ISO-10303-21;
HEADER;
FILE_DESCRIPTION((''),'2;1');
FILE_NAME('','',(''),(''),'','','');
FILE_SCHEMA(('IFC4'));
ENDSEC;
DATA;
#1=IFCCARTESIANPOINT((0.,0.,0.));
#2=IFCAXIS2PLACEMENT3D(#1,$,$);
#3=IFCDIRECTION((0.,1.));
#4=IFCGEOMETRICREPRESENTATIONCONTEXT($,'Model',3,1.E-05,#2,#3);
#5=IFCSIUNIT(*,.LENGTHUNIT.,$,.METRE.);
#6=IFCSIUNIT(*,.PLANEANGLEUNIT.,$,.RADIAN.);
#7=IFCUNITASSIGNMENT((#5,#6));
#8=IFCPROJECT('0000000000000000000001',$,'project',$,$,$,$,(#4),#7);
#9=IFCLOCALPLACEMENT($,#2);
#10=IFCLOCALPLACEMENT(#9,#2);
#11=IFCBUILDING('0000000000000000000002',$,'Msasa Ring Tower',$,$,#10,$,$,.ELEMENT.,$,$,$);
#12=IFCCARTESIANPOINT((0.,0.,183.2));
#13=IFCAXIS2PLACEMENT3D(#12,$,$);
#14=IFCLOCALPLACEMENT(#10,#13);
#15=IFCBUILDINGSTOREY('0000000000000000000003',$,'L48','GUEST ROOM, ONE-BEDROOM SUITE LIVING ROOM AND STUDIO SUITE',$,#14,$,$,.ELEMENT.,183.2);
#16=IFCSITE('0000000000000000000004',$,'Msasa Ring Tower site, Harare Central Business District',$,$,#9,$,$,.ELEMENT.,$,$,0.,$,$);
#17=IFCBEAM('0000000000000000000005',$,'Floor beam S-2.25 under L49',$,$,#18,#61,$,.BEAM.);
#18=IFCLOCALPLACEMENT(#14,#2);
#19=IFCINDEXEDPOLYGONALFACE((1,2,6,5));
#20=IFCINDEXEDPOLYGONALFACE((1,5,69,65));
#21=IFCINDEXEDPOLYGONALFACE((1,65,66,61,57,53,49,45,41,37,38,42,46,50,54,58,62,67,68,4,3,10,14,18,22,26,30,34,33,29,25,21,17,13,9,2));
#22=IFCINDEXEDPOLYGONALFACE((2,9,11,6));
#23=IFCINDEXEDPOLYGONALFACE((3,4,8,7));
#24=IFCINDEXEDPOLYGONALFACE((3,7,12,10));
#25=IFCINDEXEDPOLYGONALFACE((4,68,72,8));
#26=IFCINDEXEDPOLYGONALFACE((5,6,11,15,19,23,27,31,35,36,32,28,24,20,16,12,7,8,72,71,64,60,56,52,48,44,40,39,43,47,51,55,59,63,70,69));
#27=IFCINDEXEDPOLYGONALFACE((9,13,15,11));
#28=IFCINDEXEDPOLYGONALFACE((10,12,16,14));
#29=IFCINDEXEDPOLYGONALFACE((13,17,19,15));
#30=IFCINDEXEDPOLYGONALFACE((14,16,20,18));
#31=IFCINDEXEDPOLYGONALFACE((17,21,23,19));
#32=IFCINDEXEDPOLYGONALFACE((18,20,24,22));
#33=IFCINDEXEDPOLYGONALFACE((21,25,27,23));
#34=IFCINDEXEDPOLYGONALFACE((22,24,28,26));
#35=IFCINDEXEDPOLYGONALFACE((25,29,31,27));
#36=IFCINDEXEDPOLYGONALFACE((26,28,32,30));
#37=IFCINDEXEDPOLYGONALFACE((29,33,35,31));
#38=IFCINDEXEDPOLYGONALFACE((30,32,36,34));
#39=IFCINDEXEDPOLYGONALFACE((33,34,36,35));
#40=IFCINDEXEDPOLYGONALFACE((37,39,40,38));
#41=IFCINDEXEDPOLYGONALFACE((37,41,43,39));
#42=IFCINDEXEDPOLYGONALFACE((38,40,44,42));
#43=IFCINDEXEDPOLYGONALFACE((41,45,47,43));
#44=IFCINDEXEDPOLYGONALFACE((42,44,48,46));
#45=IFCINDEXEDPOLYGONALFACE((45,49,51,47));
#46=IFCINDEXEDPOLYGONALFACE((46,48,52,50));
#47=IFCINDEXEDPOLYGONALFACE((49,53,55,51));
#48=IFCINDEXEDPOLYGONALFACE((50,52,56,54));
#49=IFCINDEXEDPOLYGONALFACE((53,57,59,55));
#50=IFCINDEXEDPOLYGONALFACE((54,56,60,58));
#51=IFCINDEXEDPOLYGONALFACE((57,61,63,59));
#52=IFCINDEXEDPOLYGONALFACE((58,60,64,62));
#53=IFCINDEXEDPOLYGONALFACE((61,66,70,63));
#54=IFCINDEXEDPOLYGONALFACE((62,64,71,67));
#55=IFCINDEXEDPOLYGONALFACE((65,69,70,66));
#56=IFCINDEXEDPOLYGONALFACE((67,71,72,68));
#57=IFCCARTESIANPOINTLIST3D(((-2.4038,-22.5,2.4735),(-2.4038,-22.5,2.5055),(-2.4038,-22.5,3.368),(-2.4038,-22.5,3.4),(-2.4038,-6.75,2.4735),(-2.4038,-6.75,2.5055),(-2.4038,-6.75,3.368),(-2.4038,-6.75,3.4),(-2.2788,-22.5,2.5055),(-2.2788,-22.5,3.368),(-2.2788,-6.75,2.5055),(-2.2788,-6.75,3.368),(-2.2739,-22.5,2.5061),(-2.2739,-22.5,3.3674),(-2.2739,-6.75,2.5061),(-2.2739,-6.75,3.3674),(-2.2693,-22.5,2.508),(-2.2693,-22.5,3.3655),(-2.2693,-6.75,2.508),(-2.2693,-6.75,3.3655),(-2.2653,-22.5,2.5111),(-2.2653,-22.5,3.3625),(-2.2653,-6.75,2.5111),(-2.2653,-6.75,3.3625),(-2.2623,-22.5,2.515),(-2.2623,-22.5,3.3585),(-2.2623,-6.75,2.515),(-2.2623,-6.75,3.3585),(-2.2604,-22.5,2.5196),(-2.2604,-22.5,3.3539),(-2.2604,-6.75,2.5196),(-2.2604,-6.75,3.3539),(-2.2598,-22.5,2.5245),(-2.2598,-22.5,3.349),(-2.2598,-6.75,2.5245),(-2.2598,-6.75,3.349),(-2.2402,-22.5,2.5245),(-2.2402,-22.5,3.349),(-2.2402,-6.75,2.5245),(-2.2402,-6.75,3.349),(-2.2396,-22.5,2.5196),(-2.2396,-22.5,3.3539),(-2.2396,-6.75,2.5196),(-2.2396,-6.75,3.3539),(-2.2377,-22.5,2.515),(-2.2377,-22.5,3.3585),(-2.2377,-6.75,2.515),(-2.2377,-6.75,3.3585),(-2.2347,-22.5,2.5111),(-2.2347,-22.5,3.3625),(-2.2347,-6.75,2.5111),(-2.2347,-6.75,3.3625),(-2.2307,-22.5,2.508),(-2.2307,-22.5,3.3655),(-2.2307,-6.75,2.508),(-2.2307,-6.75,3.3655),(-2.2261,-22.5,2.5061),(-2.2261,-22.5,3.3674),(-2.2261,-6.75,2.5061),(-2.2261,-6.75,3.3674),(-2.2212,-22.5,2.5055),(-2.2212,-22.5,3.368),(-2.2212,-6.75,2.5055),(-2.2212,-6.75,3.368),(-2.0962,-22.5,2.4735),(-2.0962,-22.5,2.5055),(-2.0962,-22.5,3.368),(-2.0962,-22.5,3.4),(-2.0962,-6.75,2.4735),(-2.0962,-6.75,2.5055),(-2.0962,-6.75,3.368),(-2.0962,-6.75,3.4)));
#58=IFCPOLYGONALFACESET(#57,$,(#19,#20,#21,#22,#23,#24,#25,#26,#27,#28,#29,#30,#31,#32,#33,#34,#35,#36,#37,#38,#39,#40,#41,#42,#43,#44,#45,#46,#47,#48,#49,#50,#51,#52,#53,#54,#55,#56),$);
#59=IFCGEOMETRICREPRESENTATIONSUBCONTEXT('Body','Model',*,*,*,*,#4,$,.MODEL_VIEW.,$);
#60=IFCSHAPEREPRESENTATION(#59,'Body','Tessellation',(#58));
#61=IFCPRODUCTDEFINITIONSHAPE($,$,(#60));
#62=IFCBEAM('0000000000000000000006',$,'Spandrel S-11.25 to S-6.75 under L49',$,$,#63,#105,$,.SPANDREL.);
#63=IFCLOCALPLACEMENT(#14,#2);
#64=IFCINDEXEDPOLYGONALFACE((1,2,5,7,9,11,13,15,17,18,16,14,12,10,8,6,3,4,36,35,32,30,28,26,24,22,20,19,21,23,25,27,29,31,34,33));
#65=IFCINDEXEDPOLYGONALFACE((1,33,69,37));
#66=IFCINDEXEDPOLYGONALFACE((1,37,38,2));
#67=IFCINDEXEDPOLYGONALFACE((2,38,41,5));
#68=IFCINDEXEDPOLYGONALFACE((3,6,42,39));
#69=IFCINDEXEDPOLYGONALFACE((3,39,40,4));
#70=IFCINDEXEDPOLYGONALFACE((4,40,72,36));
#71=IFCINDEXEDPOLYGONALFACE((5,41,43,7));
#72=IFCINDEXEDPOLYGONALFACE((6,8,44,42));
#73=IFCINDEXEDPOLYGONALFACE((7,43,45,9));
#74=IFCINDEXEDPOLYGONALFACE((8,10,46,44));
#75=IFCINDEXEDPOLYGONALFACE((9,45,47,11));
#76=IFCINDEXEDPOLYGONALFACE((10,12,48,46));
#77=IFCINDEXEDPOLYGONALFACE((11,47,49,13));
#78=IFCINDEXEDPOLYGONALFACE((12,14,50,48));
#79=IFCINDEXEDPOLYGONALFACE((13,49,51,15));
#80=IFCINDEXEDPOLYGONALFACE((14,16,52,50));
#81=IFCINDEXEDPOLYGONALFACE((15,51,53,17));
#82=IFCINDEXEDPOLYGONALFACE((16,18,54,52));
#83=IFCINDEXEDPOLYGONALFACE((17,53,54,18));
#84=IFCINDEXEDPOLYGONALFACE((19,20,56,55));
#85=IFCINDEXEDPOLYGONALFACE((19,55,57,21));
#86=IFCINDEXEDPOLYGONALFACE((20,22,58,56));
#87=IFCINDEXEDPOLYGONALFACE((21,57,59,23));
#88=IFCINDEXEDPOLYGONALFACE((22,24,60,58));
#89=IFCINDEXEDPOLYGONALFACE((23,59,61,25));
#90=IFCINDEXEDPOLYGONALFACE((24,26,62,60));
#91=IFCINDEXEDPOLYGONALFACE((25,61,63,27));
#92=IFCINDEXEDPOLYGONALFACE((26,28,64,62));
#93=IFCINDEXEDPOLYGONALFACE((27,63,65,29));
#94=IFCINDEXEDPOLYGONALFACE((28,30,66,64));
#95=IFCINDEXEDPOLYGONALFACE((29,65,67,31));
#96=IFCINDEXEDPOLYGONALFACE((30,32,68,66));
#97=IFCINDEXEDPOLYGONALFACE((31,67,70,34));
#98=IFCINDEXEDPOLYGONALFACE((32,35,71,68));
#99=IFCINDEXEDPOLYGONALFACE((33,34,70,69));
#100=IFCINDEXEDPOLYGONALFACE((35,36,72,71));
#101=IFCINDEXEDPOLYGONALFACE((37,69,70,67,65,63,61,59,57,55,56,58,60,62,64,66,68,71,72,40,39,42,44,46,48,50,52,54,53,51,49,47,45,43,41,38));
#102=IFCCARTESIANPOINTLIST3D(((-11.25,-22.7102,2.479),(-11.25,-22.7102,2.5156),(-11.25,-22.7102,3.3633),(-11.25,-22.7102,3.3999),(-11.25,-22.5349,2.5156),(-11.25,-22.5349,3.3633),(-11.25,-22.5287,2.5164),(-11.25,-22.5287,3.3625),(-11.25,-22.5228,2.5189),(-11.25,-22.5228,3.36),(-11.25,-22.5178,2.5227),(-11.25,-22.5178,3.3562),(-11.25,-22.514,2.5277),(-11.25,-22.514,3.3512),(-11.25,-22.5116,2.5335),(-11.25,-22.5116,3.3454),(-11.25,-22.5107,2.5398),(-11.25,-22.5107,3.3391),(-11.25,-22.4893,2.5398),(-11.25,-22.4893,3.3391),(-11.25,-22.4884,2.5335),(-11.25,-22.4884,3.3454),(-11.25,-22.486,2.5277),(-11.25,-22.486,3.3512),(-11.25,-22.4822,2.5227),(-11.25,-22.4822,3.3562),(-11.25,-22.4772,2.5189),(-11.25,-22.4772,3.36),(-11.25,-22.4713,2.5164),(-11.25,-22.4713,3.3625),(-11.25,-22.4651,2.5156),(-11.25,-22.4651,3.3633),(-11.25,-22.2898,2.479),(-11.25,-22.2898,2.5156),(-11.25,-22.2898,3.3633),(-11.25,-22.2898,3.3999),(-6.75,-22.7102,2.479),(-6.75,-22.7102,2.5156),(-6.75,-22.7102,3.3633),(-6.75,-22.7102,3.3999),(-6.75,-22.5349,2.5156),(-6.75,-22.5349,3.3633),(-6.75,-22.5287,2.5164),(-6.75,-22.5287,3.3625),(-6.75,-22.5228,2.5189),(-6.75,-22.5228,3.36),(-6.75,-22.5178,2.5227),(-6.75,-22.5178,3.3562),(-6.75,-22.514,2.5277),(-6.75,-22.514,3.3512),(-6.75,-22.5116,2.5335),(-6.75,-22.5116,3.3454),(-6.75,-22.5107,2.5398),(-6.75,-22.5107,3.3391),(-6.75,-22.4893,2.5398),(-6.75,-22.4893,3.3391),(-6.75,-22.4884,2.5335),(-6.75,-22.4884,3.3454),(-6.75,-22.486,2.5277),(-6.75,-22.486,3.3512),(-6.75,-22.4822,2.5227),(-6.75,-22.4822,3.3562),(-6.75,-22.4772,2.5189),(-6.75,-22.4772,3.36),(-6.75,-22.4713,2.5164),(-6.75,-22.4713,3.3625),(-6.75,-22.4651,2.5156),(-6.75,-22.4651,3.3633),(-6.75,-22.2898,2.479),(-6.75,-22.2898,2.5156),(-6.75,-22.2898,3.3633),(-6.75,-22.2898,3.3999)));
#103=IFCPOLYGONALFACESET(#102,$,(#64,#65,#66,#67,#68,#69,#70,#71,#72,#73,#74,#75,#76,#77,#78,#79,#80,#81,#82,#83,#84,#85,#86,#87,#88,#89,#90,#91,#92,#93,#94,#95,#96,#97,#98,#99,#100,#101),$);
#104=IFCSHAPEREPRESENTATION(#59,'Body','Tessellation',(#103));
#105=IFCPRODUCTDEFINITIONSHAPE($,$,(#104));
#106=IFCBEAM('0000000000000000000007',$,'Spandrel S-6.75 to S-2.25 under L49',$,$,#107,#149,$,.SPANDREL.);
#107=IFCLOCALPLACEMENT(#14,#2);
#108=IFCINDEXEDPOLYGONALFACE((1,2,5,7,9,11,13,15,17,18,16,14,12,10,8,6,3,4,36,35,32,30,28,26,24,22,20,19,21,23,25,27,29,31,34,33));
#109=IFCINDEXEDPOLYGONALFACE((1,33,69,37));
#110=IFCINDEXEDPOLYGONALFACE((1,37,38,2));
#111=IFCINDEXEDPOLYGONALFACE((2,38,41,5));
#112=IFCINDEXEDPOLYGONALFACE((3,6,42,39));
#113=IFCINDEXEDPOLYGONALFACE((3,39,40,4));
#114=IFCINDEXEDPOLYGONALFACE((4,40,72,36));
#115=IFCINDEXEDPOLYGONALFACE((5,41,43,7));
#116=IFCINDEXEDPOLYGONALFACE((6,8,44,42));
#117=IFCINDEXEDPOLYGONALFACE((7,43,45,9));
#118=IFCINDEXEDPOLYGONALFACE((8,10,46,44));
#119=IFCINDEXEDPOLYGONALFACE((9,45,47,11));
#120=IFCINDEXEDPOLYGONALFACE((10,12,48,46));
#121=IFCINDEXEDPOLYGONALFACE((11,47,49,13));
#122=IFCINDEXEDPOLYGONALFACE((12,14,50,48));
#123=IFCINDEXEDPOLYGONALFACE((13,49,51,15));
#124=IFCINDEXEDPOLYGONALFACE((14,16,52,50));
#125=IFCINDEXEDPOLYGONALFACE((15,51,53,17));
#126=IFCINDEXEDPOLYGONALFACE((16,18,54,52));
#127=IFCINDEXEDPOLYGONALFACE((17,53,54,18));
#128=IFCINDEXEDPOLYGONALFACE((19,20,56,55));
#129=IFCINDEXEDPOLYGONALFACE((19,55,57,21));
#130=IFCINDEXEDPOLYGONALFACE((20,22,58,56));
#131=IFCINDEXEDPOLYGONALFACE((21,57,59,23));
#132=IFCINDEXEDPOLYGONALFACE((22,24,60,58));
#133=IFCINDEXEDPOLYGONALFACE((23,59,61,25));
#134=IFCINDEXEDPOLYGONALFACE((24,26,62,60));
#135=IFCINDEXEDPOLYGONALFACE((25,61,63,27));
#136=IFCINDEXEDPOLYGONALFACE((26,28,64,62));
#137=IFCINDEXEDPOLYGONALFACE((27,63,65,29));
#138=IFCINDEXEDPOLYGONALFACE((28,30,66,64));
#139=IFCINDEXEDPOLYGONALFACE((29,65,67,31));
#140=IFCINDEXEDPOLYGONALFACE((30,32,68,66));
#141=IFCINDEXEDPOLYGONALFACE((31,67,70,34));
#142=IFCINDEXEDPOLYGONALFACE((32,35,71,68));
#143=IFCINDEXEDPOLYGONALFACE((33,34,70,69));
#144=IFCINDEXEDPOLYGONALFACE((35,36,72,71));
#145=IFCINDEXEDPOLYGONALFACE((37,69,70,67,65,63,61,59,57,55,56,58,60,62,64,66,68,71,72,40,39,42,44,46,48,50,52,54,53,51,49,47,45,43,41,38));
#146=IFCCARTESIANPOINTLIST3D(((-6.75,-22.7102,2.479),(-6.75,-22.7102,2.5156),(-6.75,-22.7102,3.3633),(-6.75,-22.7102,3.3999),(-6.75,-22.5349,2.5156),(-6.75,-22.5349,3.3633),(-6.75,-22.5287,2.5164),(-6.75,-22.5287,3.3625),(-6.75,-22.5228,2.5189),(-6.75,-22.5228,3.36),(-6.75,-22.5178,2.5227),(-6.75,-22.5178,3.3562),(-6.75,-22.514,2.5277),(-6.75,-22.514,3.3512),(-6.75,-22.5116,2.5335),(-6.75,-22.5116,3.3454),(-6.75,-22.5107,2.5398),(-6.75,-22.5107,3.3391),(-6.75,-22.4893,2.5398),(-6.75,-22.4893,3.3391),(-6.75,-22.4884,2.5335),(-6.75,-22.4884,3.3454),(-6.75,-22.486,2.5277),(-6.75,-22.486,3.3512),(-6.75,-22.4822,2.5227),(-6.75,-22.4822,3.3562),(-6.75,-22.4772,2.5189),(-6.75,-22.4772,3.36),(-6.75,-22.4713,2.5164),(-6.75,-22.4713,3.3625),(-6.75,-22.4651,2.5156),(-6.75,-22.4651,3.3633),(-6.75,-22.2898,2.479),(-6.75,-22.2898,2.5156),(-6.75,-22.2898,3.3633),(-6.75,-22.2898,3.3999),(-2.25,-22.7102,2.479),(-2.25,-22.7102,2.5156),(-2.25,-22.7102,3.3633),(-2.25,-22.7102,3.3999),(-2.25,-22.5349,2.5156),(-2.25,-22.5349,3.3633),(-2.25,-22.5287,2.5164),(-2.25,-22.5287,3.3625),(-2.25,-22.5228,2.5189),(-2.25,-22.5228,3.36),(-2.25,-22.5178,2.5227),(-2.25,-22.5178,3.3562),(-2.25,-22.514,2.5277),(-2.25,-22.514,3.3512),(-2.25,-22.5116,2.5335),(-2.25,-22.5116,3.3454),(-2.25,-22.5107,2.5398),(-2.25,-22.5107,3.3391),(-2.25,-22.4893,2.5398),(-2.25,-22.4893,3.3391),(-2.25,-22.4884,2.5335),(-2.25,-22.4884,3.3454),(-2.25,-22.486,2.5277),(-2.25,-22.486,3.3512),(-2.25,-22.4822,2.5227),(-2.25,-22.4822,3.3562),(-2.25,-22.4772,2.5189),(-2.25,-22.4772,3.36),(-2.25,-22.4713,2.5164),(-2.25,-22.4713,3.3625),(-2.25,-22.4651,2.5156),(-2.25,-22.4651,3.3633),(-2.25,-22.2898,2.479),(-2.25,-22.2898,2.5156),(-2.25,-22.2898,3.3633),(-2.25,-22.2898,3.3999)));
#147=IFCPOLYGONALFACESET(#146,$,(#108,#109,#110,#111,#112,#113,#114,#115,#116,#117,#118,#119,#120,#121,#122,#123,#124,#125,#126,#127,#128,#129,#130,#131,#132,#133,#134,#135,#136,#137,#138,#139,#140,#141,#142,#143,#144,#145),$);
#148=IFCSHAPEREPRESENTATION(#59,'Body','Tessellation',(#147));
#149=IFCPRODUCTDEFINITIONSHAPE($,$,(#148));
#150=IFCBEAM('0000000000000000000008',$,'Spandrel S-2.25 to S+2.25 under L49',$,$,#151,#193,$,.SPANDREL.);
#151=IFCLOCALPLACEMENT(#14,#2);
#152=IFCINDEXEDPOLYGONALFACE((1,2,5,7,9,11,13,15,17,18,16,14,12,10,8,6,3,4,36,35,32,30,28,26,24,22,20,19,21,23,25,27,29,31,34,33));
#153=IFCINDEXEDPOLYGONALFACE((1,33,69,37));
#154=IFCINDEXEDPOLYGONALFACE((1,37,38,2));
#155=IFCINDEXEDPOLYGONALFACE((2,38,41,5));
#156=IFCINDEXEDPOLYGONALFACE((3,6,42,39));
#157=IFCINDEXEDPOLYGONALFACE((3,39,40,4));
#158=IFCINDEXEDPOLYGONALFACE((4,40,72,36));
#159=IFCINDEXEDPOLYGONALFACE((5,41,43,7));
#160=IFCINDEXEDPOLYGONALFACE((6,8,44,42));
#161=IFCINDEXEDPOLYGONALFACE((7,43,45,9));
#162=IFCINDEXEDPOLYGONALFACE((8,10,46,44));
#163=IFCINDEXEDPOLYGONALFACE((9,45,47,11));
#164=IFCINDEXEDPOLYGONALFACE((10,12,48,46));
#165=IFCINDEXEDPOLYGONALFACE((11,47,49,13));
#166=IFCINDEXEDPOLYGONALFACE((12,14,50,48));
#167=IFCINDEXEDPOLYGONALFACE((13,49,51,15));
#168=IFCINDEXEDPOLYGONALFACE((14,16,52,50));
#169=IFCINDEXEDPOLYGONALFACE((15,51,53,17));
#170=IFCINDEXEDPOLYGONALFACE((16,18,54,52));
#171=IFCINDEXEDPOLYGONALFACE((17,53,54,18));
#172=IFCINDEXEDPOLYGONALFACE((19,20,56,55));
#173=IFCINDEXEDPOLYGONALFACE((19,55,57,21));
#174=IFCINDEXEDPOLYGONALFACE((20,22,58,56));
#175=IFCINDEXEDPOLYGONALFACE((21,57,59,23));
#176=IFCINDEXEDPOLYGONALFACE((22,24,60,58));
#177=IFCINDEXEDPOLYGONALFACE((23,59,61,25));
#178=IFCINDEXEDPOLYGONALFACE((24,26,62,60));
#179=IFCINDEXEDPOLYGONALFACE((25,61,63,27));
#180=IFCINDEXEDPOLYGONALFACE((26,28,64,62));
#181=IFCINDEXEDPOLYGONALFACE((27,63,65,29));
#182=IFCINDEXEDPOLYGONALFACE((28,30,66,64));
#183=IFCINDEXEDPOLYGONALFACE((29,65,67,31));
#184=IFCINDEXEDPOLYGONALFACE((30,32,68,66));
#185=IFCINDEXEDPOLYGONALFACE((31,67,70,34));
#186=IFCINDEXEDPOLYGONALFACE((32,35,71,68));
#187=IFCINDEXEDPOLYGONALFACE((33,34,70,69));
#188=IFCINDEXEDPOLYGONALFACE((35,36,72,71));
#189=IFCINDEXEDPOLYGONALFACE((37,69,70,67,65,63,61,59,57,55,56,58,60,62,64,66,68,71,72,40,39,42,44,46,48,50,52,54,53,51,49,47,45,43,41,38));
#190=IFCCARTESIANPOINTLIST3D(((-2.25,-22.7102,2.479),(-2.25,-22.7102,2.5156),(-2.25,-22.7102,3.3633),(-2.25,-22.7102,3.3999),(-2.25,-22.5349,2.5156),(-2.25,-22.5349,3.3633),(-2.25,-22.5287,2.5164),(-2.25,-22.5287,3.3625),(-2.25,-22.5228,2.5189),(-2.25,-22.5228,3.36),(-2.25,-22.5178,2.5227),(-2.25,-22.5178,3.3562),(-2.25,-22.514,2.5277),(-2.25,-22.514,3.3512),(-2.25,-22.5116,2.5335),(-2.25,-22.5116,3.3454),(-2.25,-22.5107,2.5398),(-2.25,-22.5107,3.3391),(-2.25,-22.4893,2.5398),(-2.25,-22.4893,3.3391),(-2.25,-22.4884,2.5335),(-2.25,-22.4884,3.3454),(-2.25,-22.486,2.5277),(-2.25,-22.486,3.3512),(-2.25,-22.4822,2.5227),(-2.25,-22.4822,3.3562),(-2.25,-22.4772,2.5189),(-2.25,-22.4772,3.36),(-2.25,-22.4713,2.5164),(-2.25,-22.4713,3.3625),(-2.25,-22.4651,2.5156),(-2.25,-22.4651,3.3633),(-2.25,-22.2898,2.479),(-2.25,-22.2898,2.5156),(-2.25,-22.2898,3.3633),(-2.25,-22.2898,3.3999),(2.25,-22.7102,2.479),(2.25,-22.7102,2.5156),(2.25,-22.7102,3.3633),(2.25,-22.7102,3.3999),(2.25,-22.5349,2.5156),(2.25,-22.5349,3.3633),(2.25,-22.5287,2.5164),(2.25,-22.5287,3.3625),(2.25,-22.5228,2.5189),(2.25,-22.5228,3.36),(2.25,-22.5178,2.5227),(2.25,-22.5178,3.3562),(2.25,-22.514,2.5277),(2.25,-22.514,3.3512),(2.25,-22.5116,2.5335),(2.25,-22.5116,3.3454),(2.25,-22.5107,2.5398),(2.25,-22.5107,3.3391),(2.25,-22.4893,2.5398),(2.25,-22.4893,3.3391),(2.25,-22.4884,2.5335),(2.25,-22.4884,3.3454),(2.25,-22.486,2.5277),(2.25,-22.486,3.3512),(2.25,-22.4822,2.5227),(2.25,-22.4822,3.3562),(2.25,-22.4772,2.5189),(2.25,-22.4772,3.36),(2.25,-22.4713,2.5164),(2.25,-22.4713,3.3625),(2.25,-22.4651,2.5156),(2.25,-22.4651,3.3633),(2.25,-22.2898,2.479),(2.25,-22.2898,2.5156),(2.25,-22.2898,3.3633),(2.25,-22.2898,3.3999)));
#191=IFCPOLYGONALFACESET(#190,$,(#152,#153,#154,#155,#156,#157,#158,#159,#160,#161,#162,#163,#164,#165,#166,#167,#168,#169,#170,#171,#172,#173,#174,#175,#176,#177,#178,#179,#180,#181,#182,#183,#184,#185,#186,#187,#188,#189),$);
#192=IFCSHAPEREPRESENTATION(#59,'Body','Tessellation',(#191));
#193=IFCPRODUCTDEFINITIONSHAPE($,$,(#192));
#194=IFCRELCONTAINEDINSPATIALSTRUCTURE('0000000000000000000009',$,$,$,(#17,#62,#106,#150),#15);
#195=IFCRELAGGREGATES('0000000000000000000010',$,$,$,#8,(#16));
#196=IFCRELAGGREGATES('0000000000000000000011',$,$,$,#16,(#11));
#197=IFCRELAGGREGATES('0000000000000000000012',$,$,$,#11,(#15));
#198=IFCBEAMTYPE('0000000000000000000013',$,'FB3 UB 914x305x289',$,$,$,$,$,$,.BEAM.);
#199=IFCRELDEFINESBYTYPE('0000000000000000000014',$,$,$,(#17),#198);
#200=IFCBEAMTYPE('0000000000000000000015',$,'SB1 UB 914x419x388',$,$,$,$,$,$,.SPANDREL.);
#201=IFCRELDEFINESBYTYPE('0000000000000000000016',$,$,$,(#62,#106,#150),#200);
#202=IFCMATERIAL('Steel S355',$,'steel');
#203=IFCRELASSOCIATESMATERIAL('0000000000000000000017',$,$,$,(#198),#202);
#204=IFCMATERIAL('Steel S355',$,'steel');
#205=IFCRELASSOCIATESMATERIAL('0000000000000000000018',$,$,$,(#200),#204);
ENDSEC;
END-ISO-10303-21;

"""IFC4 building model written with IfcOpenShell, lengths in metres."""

from ifc_helpers import new_model, si_unit, direction, frame, origin, origin_2d, place, context, subcontext, project, spatial, i_section, extrude, material, material_profile, profile_set, type_object, element, save


model = new_model("IFC4")

# Units and contexts
model_context = context("Model", 3, precision=1e-05, world=origin(), true_north=direction((0.0, 1.0)))
body_context = subcontext(model_context, "Body", "Model", "MODEL_VIEW")
ifc_project = project(units=[si_unit("LENGTHUNIT", "METRE"), si_unit("PLANEANGLEUNIT", "RADIAN")], contexts=[model_context])

# Site, building, storey
site_placement = place(None, origin())
site = spatial("IfcSite", under=ifc_project, at=site_placement, Name="Msasa Ring Tower site, Harare Central Business District", CompositionType="ELEMENT", RefElevation=0.0)
building_placement = place(site_placement, origin())
building = spatial("IfcBuilding", under=site, at=building_placement, Name="Msasa Ring Tower", CompositionType="ELEMENT")
storey_placement = place(building_placement, frame((0.0, 0.0, 183.2)))
storey = spatial("IfcBuildingStorey", under=building, at=storey_placement, Name="L48", Description="GUEST ROOM, ONE-BEDROOM SUITE LIVING ROOM AND STUDIO SUITE", CompositionType="ELEMENT", Elevation=183.2)

# Beams
ifc_material_1 = material(Name="Steel S355", Category="steel")
ifc_material_profile_1 = material_profile(ifc_material_1, i_section(OverallWidth=0.3076, OverallDepth=0.9265, WebThickness=0.0195, FlangeThickness=0.032, FilletRadius=0.019, at=origin_2d()), Name="UB 914x305x289")
ifc_profile_set_1 = profile_set([ifc_material_profile_1], Name="Steel S355")
beam_type_1 = type_object("IfcBeamType", Name="FB3 UB 914x305x289", PredefinedType="BEAM", material=ifc_profile_set_1)
for number, where, z_axis, x_axis, name in (
    (1, (-2.25, -22.5, 2.9368), (0.0, 1.0, 0.0), (-1.0, 0.0, 0.0), "Floor beam S-2.25 under L49"),
):
    element("IfcBeam", number, at=place(storey_placement, frame(where, z_axis=z_axis, x_axis=x_axis)), inside=storey, type_object=beam_type_1, Name=name, PredefinedType="BEAM", context=body_context, shape_type="SweptSolid", body=[
        extrude(i_section(OverallWidth=0.3076, OverallDepth=0.9265, WebThickness=0.0195, FlangeThickness=0.032, FilletRadius=0.019, at=origin_2d()), origin(), (0.0, 0.0, 1.0), 15.75),
    ])
ifc_material_2 = material(Name="Steel S355", Category="steel")
ifc_material_profile_2 = material_profile(ifc_material_2, i_section(OverallWidth=0.4204, OverallDepth=0.9209, WebThickness=0.0215, FlangeThickness=0.0366, FilletRadius=0.0242, at=origin_2d()), Name="UB 914x419x388")
ifc_profile_set_2 = profile_set([ifc_material_profile_2], Name="Steel S355")
beam_type_2 = type_object("IfcBeamType", Name="SB1 UB 914x419x388", PredefinedType="SPANDREL", material=ifc_profile_set_2)
for number, where, z_axis, x_axis, name in (
    (2, (-11.25, -22.5, 2.9395), (1.0, 0.0, 0.0), (0.0, 1.0, 0.0), "Spandrel S-11.25 to S-6.75 under L49"),
    (3, (-6.75, -22.5, 2.9395), (1.0, 0.0, 0.0), (0.0, 1.0, 0.0), "Spandrel S-6.75 to S-2.25 under L49"),
    (4, (-2.25, -22.5, 2.9395), (1.0, 0.0, 0.0), (0.0, 1.0, 0.0), "Spandrel S-2.25 to S+2.25 under L49"),
):
    element("IfcBeam", number, at=place(storey_placement, frame(where, z_axis=z_axis, x_axis=x_axis)), inside=storey, type_object=beam_type_2, Name=name, PredefinedType="SPANDREL", context=body_context, shape_type="SweptSolid", body=[
        extrude(i_section(OverallWidth=0.4204, OverallDepth=0.9209, WebThickness=0.0215, FlangeThickness=0.0366, FilletRadius=0.0242, at=origin_2d()), origin(), (0.0, 0.0, 1.0), 4.5),
    ])

save(model, "model.ifc")
